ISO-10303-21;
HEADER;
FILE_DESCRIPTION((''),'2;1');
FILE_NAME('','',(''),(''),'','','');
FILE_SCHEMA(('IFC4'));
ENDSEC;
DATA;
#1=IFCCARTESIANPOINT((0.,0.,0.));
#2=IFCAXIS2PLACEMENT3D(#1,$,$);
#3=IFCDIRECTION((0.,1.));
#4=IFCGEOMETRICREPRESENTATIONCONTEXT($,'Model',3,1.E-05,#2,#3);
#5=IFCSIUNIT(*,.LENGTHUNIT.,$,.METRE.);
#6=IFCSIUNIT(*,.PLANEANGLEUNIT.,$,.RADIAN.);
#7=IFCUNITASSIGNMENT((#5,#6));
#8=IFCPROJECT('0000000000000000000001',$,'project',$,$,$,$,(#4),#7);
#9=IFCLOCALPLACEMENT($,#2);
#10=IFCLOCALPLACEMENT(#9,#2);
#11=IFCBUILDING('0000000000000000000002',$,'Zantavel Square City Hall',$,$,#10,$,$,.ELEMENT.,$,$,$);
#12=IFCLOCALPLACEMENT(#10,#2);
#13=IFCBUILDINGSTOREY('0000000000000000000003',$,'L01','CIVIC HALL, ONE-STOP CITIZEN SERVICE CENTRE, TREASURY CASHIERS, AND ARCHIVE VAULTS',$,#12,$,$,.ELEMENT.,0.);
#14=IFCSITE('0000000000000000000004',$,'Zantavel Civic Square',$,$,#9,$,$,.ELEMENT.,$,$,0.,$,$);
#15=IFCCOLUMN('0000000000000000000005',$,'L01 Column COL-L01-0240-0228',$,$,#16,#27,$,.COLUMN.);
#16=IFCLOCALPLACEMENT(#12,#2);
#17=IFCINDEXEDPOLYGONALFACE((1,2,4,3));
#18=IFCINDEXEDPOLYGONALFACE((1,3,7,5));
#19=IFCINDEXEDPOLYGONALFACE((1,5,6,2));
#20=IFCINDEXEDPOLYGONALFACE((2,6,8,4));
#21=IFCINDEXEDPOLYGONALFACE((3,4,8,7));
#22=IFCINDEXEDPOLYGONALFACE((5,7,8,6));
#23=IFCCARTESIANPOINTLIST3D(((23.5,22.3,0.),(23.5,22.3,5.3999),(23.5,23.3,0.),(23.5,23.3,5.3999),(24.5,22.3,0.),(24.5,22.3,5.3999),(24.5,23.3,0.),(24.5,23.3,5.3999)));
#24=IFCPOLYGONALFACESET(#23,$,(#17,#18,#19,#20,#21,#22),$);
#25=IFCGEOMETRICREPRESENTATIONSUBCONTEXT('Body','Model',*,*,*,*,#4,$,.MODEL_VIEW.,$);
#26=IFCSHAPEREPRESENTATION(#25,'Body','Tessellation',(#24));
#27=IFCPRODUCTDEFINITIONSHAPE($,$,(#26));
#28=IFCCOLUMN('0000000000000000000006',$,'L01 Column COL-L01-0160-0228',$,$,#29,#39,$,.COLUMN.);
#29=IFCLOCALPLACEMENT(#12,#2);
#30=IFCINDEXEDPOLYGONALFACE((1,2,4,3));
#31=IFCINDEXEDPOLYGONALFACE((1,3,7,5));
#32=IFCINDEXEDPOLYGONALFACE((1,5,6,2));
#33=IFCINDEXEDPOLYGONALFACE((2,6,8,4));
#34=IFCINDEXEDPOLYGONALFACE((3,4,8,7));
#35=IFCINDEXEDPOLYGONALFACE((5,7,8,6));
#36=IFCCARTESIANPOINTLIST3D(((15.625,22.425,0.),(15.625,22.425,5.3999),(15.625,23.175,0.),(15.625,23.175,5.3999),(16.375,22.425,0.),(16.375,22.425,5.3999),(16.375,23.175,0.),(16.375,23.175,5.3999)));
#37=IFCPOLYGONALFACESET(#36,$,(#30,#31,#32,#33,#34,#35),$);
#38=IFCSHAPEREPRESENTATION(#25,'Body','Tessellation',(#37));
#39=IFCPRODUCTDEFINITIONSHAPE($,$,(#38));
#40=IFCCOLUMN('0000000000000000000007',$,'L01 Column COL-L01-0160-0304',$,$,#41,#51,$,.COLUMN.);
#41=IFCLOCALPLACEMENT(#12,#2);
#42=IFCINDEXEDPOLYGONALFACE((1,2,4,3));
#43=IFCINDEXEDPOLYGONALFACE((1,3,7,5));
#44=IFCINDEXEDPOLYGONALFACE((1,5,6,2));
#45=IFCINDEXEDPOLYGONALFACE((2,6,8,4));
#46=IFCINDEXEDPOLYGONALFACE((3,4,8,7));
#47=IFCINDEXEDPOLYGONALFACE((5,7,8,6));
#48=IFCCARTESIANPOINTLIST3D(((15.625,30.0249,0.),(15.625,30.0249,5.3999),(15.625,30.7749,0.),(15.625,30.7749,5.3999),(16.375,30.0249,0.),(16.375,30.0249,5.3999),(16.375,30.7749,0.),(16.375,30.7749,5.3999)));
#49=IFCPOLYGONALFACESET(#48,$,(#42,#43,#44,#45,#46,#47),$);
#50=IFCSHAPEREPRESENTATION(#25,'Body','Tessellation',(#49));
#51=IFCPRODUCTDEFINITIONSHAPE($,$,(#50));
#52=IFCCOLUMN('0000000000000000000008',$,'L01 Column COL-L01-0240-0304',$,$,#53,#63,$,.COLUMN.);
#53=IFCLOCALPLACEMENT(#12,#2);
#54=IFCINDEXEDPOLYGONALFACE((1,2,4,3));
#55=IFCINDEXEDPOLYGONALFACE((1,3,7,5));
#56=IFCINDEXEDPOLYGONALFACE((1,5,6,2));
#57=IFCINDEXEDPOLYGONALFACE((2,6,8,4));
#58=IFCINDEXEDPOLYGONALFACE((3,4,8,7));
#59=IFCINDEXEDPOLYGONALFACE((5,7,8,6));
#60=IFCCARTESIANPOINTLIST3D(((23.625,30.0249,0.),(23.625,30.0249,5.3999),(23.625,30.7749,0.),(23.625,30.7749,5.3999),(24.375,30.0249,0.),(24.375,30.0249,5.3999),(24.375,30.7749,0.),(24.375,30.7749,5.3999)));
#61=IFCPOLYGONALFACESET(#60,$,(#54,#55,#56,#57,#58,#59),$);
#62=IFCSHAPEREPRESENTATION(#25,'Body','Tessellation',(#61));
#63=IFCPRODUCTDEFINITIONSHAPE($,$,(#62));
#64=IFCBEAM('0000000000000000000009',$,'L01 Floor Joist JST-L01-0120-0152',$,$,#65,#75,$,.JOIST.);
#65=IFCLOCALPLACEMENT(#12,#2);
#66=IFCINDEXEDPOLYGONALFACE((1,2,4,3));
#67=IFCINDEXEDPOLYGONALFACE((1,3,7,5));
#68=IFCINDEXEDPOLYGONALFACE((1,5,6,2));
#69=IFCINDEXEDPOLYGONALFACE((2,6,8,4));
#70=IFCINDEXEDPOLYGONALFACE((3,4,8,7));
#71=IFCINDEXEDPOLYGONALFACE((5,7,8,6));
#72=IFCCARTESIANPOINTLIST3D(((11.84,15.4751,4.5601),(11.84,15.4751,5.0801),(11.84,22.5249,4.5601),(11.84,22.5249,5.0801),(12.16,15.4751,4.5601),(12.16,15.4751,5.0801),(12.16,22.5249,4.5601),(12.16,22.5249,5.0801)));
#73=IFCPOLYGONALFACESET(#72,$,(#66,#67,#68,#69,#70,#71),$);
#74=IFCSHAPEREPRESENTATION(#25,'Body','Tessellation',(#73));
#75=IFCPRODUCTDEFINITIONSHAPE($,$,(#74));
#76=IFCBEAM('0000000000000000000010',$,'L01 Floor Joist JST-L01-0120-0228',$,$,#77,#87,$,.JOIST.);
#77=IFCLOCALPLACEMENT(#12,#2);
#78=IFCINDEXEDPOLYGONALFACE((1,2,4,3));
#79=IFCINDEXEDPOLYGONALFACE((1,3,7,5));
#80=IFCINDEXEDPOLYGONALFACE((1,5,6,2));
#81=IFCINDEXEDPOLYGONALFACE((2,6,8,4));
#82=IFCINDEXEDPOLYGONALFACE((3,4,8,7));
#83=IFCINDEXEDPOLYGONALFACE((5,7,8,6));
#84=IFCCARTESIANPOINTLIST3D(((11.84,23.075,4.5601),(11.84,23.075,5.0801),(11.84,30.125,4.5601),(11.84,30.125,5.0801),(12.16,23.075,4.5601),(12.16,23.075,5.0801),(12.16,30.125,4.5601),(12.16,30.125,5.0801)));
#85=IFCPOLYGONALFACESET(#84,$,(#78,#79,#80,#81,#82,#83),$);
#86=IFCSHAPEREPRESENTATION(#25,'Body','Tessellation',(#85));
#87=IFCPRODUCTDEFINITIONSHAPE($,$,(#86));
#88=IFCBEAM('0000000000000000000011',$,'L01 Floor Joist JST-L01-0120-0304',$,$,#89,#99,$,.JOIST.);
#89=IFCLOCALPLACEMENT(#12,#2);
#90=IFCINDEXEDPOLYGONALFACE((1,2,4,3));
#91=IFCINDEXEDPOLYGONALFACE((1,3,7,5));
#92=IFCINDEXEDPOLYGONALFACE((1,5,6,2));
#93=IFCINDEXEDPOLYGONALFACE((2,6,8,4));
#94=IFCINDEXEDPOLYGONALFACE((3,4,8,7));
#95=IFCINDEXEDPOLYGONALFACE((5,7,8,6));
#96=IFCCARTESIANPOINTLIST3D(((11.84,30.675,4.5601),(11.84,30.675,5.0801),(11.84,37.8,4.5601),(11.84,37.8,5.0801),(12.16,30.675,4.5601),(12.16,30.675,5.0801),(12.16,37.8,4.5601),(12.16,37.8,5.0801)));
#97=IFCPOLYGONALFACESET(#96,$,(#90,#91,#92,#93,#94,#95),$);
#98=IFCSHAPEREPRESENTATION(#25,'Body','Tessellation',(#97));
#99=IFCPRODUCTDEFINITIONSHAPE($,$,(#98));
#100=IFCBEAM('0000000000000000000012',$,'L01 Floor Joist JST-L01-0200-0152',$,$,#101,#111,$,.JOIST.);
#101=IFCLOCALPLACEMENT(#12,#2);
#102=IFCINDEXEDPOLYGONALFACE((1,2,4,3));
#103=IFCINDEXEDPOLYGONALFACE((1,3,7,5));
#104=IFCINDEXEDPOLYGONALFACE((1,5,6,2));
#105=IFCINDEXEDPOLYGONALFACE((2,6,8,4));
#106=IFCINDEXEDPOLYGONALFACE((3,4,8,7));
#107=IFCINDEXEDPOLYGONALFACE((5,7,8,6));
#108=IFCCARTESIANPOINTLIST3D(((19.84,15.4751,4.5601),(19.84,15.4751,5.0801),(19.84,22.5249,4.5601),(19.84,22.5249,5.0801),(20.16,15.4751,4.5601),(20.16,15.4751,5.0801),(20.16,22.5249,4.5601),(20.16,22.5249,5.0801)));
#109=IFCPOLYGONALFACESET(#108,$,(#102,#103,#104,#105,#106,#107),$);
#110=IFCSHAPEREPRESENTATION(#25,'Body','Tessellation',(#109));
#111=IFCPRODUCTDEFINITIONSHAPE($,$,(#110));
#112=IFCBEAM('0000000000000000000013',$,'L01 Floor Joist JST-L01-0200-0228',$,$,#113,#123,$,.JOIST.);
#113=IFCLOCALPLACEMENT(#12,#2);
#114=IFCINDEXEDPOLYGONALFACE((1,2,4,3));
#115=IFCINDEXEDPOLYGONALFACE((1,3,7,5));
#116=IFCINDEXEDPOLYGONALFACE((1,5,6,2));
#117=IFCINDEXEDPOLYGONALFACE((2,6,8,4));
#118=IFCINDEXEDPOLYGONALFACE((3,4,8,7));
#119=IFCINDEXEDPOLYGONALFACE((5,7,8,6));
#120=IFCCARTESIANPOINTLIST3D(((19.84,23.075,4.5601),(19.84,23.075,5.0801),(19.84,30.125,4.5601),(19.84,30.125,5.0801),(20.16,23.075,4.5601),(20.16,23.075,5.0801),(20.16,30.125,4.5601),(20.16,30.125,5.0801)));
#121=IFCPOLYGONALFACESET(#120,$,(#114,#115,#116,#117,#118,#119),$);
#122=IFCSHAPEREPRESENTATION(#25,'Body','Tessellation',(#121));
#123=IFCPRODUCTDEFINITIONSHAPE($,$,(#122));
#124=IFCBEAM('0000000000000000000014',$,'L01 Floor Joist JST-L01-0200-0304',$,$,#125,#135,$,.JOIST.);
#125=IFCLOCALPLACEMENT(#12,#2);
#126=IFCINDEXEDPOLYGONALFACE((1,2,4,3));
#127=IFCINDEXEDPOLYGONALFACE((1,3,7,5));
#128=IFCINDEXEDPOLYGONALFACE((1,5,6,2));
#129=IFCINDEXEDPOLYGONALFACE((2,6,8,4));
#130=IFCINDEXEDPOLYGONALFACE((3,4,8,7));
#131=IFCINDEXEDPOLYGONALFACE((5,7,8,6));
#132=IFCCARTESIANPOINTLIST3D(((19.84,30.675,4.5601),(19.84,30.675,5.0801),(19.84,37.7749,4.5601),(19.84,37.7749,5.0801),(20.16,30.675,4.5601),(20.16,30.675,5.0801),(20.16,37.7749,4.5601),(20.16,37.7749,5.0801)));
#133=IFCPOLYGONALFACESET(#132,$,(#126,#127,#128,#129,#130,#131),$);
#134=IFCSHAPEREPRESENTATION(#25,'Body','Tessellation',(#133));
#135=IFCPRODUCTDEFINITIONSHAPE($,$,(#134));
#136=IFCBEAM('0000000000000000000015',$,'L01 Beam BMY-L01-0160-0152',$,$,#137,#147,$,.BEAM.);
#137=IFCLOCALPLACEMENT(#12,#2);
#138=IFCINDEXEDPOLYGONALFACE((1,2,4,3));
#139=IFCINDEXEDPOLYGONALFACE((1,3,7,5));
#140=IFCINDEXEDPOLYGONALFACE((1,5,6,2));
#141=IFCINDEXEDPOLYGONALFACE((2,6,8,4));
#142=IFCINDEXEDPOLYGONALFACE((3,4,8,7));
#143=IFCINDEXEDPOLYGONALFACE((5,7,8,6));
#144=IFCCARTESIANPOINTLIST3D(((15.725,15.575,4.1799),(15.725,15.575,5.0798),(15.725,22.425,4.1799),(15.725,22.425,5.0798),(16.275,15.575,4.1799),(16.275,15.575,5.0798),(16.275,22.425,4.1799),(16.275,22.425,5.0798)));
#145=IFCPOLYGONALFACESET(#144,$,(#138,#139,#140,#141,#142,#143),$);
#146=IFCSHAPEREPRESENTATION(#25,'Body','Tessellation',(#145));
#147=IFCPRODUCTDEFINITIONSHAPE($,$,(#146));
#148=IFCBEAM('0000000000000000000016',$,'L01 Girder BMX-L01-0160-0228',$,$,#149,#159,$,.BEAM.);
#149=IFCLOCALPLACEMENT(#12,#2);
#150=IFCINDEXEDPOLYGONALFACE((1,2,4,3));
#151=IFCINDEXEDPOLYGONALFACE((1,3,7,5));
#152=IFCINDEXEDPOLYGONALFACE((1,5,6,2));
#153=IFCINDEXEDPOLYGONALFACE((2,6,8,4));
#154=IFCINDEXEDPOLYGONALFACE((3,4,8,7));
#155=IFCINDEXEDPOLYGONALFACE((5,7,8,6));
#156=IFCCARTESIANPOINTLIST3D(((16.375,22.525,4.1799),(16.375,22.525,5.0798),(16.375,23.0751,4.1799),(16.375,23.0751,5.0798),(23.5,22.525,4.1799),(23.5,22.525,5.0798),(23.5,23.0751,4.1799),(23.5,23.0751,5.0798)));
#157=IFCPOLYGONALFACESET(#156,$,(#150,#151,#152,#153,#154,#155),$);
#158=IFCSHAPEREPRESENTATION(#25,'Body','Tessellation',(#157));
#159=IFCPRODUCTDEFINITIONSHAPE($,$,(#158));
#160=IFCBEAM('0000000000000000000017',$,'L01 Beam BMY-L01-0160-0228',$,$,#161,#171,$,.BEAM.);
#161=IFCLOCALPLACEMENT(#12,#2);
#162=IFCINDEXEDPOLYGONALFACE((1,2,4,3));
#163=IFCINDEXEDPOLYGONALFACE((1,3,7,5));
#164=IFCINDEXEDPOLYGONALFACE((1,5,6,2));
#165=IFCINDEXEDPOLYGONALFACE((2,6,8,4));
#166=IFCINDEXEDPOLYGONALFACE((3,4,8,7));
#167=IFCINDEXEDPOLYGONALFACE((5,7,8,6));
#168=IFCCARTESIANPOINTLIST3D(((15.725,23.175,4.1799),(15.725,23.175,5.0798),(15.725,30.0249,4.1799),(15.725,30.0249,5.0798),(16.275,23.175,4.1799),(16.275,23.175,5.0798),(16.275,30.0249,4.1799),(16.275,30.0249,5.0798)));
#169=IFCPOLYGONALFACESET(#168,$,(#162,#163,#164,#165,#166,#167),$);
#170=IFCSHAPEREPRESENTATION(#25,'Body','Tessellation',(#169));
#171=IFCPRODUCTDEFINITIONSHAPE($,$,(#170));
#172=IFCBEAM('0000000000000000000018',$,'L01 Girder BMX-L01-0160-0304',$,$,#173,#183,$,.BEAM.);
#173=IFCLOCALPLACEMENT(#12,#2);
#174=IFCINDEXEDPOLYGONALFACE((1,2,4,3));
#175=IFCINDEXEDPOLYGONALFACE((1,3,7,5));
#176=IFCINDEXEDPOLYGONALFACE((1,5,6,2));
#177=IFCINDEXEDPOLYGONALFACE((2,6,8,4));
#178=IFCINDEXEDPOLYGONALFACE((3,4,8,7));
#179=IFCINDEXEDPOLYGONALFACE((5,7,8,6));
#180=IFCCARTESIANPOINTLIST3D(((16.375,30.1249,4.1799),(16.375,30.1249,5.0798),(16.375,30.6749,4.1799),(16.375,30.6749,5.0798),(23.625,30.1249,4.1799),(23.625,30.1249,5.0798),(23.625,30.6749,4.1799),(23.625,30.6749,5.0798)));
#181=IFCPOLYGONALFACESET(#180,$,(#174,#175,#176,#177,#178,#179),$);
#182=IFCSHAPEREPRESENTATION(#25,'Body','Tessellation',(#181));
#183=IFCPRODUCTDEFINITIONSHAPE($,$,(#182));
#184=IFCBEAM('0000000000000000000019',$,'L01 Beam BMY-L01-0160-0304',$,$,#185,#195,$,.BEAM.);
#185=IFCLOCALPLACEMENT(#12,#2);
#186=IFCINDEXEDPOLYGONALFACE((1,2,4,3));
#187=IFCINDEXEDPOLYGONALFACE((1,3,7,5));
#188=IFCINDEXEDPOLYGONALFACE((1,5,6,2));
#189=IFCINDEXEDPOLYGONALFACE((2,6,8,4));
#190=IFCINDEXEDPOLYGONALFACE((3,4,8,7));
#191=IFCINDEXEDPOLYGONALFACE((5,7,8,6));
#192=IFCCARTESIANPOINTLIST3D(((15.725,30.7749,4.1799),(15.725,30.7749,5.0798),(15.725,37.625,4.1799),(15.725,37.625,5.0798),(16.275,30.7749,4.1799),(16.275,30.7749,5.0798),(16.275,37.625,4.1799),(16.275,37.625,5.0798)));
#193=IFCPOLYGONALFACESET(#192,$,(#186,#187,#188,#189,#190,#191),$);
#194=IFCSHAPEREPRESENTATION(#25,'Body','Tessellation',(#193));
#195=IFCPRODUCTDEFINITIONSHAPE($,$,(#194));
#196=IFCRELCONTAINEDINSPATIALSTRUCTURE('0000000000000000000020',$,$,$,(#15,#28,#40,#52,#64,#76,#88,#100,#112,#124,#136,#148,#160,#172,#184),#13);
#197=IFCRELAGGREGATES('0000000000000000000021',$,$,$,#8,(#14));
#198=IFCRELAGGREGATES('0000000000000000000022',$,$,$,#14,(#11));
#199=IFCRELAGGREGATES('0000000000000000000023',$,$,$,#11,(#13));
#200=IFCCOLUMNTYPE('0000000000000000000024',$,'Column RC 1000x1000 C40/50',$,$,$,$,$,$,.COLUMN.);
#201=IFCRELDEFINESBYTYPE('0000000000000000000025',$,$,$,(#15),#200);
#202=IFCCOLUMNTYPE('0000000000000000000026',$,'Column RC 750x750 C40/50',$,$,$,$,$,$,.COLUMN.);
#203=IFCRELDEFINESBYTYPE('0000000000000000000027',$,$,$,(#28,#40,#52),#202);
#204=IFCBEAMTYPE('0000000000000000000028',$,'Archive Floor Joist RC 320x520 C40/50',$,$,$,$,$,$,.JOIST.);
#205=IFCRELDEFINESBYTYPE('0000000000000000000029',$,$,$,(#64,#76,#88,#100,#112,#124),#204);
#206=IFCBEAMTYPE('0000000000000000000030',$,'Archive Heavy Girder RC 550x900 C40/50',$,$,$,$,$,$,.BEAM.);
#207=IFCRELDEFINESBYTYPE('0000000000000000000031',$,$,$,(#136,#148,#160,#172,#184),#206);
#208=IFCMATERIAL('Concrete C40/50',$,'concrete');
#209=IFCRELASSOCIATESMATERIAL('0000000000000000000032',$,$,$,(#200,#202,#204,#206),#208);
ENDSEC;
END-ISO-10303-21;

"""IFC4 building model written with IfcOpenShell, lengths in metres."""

from ifc_helpers import new_model, si_unit, direction, frame, origin, origin_2d, place, context, subcontext, project, spatial, rectangle, extrude, material, material_profile, profile_set, type_object, element, save


model = new_model("IFC4")

# Units and contexts
model_context = context("Model", 3, precision=1e-05, world=origin(), true_north=direction((0.0, 1.0)))
body_context = subcontext(model_context, "Body", "Model", "MODEL_VIEW")
ifc_project = project(units=[si_unit("LENGTHUNIT", "METRE"), si_unit("PLANEANGLEUNIT", "RADIAN")], contexts=[model_context])

# Site, building, storey
site_placement = place(None, origin())
site = spatial("IfcSite", under=ifc_project, at=site_placement, Name="Zantavel Civic Square", CompositionType="ELEMENT", RefElevation=0.0)
building_placement = place(site_placement, origin())
building = spatial("IfcBuilding", under=site, at=building_placement, Name="Zantavel Square City Hall", CompositionType="ELEMENT")
storey_placement = place(building_placement, origin())
storey = spatial("IfcBuildingStorey", under=building, at=storey_placement, Name="L01", Description="CIVIC HALL, ONE-STOP CITIZEN SERVICE CENTRE, TREASURY CASHIERS, AND ARCHIVE VAULTS", CompositionType="ELEMENT", Elevation=0.0)

# Columns
ifc_material_1 = material(Name="Concrete C40/50", Category="concrete")
ifc_material_profile_1 = material_profile(ifc_material_1, rectangle(XDim=1.0, YDim=1.0, at=origin_2d()), Name="RC 1000x1000")
ifc_profile_set_1 = profile_set([ifc_material_profile_1], Name="Concrete C40/50")
column_type_1 = type_object("IfcColumnType", Name="Column RC 1000x1000 C40/50", PredefinedType="COLUMN", material=ifc_profile_set_1)
column_placement = place(storey_placement, frame((24.0, 22.8, 0.0), z_axis=(0.0, 0.0, 1.0), x_axis=(1.0, 0.0, 0.0)))
element("IfcColumn", 1, at=column_placement, inside=storey, type_object=column_type_1, Name="L01 Column COL-L01-0240-0228", PredefinedType="COLUMN", context=body_context, shape_type="SweptSolid", body=[
    extrude(rectangle(XDim=1.0, YDim=1.0, at=origin_2d()), origin(), (0.0, 0.0, 1.0), 5.3999),
])
ifc_material_profile_2 = material_profile(ifc_material_1, rectangle(XDim=0.75, YDim=0.75, at=origin_2d()), Name="RC 750x750")
ifc_profile_set_2 = profile_set([ifc_material_profile_2], Name="Concrete C40/50")
column_type_2 = type_object("IfcColumnType", Name="Column RC 750x750 C40/50", PredefinedType="COLUMN", material=ifc_profile_set_2)
for number, where, z_axis, x_axis, name in (
    (2, (16.0, 22.8, 0.0), (0.0, 0.0, 1.0), (1.0, 0.0, 0.0), "L01 Column COL-L01-0160-0228"),
    (3, (16.0, 30.3999, 0.0), (0.0, 0.0, 1.0), (1.0, 0.0, 0.0), "L01 Column COL-L01-0160-0304"),
    (4, (24.0, 30.3999, 0.0), (0.0, 0.0, 1.0), (1.0, 0.0, 0.0), "L01 Column COL-L01-0240-0304"),
):
    element("IfcColumn", number, at=place(storey_placement, frame(where, z_axis=z_axis, x_axis=x_axis)), inside=storey, type_object=column_type_2, Name=name, PredefinedType="COLUMN", context=body_context, shape_type="SweptSolid", body=[
        extrude(rectangle(XDim=0.75, YDim=0.75, at=origin_2d()), origin(), (0.0, 0.0, 1.0), 5.3999),
    ])

# Beams
ifc_material_profile_3 = material_profile(ifc_material_1, rectangle(XDim=0.3201, YDim=0.52, at=origin_2d()), Name="RC 320x520")
ifc_profile_set_3 = profile_set([ifc_material_profile_3], Name="Concrete C40/50")
beam_type_1 = type_object("IfcBeamType", Name="Archive Floor Joist RC 320x520 C40/50", PredefinedType="JOIST", material=ifc_profile_set_3)
beam_1_placement = place(storey_placement, frame((12.0, 15.4751, 4.8201), z_axis=(0.0, 1.0, 0.0), x_axis=(-1.0, 0.0, 0.0)))
element("IfcBeam", 5, at=beam_1_placement, inside=storey, type_object=beam_type_1, Name="L01 Floor Joist JST-L01-0120-0152", PredefinedType="JOIST", context=body_context, shape_type="SweptSolid", body=[
    extrude(rectangle(XDim=0.3201, YDim=0.52, at=origin_2d()), origin(), (0.0, 0.0, 1.0), 7.0498),
])
beam_2_placement = place(storey_placement, frame((12.0, 23.075, 4.8201), z_axis=(0.0, 1.0, 0.0), x_axis=(-1.0, 0.0, 0.0)))
element("IfcBeam", 6, at=beam_2_placement, inside=storey, type_object=beam_type_1, Name="L01 Floor Joist JST-L01-0120-0228", PredefinedType="JOIST", context=body_context, shape_type="SweptSolid", body=[
    extrude(rectangle(XDim=0.3201, YDim=0.52, at=origin_2d()), origin(), (0.0, 0.0, 1.0), 7.05),
])
beam_3_placement = place(storey_placement, frame((12.0, 30.675, 4.8201), z_axis=(0.0, 1.0, 0.0), x_axis=(-1.0, 0.0, 0.0)))
element("IfcBeam", 7, at=beam_3_placement, inside=storey, type_object=beam_type_1, Name="L01 Floor Joist JST-L01-0120-0304", PredefinedType="JOIST", context=body_context, shape_type="SweptSolid", body=[
    extrude(rectangle(XDim=0.3201, YDim=0.52, at=origin_2d()), origin(), (0.0, 0.0, 1.0), 7.125),
])
beam_4_placement = place(storey_placement, frame((20.0, 15.4751, 4.8201), z_axis=(0.0, 1.0, 0.0), x_axis=(-1.0, 0.0, 0.0)))
element("IfcBeam", 8, at=beam_4_placement, inside=storey, type_object=beam_type_1, Name="L01 Floor Joist JST-L01-0200-0152", PredefinedType="JOIST", context=body_context, shape_type="SweptSolid", body=[
    extrude(rectangle(XDim=0.3201, YDim=0.52, at=origin_2d()), origin(), (0.0, 0.0, 1.0), 7.0498),
])
beam_5_placement = place(storey_placement, frame((20.0, 23.075, 4.8201), z_axis=(0.0, 1.0, 0.0), x_axis=(-1.0, 0.0, 0.0)))
element("IfcBeam", 9, at=beam_5_placement, inside=storey, type_object=beam_type_1, Name="L01 Floor Joist JST-L01-0200-0228", PredefinedType="JOIST", context=body_context, shape_type="SweptSolid", body=[
    extrude(rectangle(XDim=0.3201, YDim=0.52, at=origin_2d()), origin(), (0.0, 0.0, 1.0), 7.05),
])
beam_6_placement = place(storey_placement, frame((20.0, 30.675, 4.8201), z_axis=(0.0, 1.0, 0.0), x_axis=(-1.0, 0.0, 0.0)))
element("IfcBeam", 10, at=beam_6_placement, inside=storey, type_object=beam_type_1, Name="L01 Floor Joist JST-L01-0200-0304", PredefinedType="JOIST", context=body_context, shape_type="SweptSolid", body=[
    extrude(rectangle(XDim=0.3201, YDim=0.52, at=origin_2d()), origin(), (0.0, 0.0, 1.0), 7.0999),
])
ifc_material_profile_4 = material_profile(ifc_material_1, rectangle(XDim=0.55, YDim=0.8999, at=origin_2d()), Name="RC 550x900")
ifc_profile_set_4 = profile_set([ifc_material_profile_4], Name="Concrete C40/50")
beam_type_2 = type_object("IfcBeamType", Name="Archive Heavy Girder RC 550x900 C40/50", PredefinedType="BEAM", material=ifc_profile_set_4)
beam_7_placement = place(storey_placement, frame((16.0, 15.575, 4.6299), z_axis=(0.0, 1.0, 0.0), x_axis=(-1.0, 0.0, 0.0)))
element("IfcBeam", 11, at=beam_7_placement, inside=storey, type_object=beam_type_2, Name="L01 Beam BMY-L01-0160-0152", PredefinedType="BEAM", context=body_context, shape_type="SweptSolid", body=[
    extrude(rectangle(XDim=0.55, YDim=0.8999, at=origin_2d()), origin(), (0.0, 0.0, 1.0), 6.8501),
])
beam_8_placement = place(storey_placement, frame((16.375, 22.8, 4.6299), z_axis=(1.0, 0.0, 0.0), x_axis=(0.0, 1.0, 0.0)))
element("IfcBeam", 12, at=beam_8_placement, inside=storey, type_object=beam_type_2, Name="L01 Girder BMX-L01-0160-0228", PredefinedType="BEAM", context=body_context, shape_type="SweptSolid", body=[
    extrude(rectangle(XDim=0.55, YDim=0.8999, at=origin_2d()), origin(), (0.0, 0.0, 1.0), 7.125),
])
beam_9_placement = place(storey_placement, frame((16.0, 23.175, 4.6299), z_axis=(0.0, 1.0, 0.0), x_axis=(-1.0, 0.0, 0.0)))
element("IfcBeam", 13, at=beam_9_placement, inside=storey, type_object=beam_type_2, Name="L01 Beam BMY-L01-0160-0228", PredefinedType="BEAM", context=body_context, shape_type="SweptSolid", body=[
    extrude(rectangle(XDim=0.55, YDim=0.8999, at=origin_2d()), origin(), (0.0, 0.0, 1.0), 6.8499),
])
beam_10_placement = place(storey_placement, frame((16.375, 30.3999, 4.6299), z_axis=(1.0, 0.0, 0.0), x_axis=(0.0, 1.0, 0.0)))
element("IfcBeam", 14, at=beam_10_placement, inside=storey, type_object=beam_type_2, Name="L01 Girder BMX-L01-0160-0304", PredefinedType="BEAM", context=body_context, shape_type="SweptSolid", body=[
    extrude(rectangle(XDim=0.55, YDim=0.8999, at=origin_2d()), origin(), (0.0, 0.0, 1.0), 7.25),
])
for number, where, z_axis, x_axis, name in (
    (15, (16.0, 30.7749, 4.6299), (0.0, 1.0, 0.0), (-1.0, 0.0, 0.0), "L01 Beam BMY-L01-0160-0304"),
):
    element("IfcBeam", number, at=place(storey_placement, frame(where, z_axis=z_axis, x_axis=x_axis)), inside=storey, type_object=beam_type_2, Name=name, PredefinedType="BEAM", context=body_context, shape_type="SweptSolid", body=[
        extrude(rectangle(XDim=0.55, YDim=0.8999, at=origin_2d()), origin(), (0.0, 0.0, 1.0), 6.8501),
    ])

save(model, "model.ifc")
